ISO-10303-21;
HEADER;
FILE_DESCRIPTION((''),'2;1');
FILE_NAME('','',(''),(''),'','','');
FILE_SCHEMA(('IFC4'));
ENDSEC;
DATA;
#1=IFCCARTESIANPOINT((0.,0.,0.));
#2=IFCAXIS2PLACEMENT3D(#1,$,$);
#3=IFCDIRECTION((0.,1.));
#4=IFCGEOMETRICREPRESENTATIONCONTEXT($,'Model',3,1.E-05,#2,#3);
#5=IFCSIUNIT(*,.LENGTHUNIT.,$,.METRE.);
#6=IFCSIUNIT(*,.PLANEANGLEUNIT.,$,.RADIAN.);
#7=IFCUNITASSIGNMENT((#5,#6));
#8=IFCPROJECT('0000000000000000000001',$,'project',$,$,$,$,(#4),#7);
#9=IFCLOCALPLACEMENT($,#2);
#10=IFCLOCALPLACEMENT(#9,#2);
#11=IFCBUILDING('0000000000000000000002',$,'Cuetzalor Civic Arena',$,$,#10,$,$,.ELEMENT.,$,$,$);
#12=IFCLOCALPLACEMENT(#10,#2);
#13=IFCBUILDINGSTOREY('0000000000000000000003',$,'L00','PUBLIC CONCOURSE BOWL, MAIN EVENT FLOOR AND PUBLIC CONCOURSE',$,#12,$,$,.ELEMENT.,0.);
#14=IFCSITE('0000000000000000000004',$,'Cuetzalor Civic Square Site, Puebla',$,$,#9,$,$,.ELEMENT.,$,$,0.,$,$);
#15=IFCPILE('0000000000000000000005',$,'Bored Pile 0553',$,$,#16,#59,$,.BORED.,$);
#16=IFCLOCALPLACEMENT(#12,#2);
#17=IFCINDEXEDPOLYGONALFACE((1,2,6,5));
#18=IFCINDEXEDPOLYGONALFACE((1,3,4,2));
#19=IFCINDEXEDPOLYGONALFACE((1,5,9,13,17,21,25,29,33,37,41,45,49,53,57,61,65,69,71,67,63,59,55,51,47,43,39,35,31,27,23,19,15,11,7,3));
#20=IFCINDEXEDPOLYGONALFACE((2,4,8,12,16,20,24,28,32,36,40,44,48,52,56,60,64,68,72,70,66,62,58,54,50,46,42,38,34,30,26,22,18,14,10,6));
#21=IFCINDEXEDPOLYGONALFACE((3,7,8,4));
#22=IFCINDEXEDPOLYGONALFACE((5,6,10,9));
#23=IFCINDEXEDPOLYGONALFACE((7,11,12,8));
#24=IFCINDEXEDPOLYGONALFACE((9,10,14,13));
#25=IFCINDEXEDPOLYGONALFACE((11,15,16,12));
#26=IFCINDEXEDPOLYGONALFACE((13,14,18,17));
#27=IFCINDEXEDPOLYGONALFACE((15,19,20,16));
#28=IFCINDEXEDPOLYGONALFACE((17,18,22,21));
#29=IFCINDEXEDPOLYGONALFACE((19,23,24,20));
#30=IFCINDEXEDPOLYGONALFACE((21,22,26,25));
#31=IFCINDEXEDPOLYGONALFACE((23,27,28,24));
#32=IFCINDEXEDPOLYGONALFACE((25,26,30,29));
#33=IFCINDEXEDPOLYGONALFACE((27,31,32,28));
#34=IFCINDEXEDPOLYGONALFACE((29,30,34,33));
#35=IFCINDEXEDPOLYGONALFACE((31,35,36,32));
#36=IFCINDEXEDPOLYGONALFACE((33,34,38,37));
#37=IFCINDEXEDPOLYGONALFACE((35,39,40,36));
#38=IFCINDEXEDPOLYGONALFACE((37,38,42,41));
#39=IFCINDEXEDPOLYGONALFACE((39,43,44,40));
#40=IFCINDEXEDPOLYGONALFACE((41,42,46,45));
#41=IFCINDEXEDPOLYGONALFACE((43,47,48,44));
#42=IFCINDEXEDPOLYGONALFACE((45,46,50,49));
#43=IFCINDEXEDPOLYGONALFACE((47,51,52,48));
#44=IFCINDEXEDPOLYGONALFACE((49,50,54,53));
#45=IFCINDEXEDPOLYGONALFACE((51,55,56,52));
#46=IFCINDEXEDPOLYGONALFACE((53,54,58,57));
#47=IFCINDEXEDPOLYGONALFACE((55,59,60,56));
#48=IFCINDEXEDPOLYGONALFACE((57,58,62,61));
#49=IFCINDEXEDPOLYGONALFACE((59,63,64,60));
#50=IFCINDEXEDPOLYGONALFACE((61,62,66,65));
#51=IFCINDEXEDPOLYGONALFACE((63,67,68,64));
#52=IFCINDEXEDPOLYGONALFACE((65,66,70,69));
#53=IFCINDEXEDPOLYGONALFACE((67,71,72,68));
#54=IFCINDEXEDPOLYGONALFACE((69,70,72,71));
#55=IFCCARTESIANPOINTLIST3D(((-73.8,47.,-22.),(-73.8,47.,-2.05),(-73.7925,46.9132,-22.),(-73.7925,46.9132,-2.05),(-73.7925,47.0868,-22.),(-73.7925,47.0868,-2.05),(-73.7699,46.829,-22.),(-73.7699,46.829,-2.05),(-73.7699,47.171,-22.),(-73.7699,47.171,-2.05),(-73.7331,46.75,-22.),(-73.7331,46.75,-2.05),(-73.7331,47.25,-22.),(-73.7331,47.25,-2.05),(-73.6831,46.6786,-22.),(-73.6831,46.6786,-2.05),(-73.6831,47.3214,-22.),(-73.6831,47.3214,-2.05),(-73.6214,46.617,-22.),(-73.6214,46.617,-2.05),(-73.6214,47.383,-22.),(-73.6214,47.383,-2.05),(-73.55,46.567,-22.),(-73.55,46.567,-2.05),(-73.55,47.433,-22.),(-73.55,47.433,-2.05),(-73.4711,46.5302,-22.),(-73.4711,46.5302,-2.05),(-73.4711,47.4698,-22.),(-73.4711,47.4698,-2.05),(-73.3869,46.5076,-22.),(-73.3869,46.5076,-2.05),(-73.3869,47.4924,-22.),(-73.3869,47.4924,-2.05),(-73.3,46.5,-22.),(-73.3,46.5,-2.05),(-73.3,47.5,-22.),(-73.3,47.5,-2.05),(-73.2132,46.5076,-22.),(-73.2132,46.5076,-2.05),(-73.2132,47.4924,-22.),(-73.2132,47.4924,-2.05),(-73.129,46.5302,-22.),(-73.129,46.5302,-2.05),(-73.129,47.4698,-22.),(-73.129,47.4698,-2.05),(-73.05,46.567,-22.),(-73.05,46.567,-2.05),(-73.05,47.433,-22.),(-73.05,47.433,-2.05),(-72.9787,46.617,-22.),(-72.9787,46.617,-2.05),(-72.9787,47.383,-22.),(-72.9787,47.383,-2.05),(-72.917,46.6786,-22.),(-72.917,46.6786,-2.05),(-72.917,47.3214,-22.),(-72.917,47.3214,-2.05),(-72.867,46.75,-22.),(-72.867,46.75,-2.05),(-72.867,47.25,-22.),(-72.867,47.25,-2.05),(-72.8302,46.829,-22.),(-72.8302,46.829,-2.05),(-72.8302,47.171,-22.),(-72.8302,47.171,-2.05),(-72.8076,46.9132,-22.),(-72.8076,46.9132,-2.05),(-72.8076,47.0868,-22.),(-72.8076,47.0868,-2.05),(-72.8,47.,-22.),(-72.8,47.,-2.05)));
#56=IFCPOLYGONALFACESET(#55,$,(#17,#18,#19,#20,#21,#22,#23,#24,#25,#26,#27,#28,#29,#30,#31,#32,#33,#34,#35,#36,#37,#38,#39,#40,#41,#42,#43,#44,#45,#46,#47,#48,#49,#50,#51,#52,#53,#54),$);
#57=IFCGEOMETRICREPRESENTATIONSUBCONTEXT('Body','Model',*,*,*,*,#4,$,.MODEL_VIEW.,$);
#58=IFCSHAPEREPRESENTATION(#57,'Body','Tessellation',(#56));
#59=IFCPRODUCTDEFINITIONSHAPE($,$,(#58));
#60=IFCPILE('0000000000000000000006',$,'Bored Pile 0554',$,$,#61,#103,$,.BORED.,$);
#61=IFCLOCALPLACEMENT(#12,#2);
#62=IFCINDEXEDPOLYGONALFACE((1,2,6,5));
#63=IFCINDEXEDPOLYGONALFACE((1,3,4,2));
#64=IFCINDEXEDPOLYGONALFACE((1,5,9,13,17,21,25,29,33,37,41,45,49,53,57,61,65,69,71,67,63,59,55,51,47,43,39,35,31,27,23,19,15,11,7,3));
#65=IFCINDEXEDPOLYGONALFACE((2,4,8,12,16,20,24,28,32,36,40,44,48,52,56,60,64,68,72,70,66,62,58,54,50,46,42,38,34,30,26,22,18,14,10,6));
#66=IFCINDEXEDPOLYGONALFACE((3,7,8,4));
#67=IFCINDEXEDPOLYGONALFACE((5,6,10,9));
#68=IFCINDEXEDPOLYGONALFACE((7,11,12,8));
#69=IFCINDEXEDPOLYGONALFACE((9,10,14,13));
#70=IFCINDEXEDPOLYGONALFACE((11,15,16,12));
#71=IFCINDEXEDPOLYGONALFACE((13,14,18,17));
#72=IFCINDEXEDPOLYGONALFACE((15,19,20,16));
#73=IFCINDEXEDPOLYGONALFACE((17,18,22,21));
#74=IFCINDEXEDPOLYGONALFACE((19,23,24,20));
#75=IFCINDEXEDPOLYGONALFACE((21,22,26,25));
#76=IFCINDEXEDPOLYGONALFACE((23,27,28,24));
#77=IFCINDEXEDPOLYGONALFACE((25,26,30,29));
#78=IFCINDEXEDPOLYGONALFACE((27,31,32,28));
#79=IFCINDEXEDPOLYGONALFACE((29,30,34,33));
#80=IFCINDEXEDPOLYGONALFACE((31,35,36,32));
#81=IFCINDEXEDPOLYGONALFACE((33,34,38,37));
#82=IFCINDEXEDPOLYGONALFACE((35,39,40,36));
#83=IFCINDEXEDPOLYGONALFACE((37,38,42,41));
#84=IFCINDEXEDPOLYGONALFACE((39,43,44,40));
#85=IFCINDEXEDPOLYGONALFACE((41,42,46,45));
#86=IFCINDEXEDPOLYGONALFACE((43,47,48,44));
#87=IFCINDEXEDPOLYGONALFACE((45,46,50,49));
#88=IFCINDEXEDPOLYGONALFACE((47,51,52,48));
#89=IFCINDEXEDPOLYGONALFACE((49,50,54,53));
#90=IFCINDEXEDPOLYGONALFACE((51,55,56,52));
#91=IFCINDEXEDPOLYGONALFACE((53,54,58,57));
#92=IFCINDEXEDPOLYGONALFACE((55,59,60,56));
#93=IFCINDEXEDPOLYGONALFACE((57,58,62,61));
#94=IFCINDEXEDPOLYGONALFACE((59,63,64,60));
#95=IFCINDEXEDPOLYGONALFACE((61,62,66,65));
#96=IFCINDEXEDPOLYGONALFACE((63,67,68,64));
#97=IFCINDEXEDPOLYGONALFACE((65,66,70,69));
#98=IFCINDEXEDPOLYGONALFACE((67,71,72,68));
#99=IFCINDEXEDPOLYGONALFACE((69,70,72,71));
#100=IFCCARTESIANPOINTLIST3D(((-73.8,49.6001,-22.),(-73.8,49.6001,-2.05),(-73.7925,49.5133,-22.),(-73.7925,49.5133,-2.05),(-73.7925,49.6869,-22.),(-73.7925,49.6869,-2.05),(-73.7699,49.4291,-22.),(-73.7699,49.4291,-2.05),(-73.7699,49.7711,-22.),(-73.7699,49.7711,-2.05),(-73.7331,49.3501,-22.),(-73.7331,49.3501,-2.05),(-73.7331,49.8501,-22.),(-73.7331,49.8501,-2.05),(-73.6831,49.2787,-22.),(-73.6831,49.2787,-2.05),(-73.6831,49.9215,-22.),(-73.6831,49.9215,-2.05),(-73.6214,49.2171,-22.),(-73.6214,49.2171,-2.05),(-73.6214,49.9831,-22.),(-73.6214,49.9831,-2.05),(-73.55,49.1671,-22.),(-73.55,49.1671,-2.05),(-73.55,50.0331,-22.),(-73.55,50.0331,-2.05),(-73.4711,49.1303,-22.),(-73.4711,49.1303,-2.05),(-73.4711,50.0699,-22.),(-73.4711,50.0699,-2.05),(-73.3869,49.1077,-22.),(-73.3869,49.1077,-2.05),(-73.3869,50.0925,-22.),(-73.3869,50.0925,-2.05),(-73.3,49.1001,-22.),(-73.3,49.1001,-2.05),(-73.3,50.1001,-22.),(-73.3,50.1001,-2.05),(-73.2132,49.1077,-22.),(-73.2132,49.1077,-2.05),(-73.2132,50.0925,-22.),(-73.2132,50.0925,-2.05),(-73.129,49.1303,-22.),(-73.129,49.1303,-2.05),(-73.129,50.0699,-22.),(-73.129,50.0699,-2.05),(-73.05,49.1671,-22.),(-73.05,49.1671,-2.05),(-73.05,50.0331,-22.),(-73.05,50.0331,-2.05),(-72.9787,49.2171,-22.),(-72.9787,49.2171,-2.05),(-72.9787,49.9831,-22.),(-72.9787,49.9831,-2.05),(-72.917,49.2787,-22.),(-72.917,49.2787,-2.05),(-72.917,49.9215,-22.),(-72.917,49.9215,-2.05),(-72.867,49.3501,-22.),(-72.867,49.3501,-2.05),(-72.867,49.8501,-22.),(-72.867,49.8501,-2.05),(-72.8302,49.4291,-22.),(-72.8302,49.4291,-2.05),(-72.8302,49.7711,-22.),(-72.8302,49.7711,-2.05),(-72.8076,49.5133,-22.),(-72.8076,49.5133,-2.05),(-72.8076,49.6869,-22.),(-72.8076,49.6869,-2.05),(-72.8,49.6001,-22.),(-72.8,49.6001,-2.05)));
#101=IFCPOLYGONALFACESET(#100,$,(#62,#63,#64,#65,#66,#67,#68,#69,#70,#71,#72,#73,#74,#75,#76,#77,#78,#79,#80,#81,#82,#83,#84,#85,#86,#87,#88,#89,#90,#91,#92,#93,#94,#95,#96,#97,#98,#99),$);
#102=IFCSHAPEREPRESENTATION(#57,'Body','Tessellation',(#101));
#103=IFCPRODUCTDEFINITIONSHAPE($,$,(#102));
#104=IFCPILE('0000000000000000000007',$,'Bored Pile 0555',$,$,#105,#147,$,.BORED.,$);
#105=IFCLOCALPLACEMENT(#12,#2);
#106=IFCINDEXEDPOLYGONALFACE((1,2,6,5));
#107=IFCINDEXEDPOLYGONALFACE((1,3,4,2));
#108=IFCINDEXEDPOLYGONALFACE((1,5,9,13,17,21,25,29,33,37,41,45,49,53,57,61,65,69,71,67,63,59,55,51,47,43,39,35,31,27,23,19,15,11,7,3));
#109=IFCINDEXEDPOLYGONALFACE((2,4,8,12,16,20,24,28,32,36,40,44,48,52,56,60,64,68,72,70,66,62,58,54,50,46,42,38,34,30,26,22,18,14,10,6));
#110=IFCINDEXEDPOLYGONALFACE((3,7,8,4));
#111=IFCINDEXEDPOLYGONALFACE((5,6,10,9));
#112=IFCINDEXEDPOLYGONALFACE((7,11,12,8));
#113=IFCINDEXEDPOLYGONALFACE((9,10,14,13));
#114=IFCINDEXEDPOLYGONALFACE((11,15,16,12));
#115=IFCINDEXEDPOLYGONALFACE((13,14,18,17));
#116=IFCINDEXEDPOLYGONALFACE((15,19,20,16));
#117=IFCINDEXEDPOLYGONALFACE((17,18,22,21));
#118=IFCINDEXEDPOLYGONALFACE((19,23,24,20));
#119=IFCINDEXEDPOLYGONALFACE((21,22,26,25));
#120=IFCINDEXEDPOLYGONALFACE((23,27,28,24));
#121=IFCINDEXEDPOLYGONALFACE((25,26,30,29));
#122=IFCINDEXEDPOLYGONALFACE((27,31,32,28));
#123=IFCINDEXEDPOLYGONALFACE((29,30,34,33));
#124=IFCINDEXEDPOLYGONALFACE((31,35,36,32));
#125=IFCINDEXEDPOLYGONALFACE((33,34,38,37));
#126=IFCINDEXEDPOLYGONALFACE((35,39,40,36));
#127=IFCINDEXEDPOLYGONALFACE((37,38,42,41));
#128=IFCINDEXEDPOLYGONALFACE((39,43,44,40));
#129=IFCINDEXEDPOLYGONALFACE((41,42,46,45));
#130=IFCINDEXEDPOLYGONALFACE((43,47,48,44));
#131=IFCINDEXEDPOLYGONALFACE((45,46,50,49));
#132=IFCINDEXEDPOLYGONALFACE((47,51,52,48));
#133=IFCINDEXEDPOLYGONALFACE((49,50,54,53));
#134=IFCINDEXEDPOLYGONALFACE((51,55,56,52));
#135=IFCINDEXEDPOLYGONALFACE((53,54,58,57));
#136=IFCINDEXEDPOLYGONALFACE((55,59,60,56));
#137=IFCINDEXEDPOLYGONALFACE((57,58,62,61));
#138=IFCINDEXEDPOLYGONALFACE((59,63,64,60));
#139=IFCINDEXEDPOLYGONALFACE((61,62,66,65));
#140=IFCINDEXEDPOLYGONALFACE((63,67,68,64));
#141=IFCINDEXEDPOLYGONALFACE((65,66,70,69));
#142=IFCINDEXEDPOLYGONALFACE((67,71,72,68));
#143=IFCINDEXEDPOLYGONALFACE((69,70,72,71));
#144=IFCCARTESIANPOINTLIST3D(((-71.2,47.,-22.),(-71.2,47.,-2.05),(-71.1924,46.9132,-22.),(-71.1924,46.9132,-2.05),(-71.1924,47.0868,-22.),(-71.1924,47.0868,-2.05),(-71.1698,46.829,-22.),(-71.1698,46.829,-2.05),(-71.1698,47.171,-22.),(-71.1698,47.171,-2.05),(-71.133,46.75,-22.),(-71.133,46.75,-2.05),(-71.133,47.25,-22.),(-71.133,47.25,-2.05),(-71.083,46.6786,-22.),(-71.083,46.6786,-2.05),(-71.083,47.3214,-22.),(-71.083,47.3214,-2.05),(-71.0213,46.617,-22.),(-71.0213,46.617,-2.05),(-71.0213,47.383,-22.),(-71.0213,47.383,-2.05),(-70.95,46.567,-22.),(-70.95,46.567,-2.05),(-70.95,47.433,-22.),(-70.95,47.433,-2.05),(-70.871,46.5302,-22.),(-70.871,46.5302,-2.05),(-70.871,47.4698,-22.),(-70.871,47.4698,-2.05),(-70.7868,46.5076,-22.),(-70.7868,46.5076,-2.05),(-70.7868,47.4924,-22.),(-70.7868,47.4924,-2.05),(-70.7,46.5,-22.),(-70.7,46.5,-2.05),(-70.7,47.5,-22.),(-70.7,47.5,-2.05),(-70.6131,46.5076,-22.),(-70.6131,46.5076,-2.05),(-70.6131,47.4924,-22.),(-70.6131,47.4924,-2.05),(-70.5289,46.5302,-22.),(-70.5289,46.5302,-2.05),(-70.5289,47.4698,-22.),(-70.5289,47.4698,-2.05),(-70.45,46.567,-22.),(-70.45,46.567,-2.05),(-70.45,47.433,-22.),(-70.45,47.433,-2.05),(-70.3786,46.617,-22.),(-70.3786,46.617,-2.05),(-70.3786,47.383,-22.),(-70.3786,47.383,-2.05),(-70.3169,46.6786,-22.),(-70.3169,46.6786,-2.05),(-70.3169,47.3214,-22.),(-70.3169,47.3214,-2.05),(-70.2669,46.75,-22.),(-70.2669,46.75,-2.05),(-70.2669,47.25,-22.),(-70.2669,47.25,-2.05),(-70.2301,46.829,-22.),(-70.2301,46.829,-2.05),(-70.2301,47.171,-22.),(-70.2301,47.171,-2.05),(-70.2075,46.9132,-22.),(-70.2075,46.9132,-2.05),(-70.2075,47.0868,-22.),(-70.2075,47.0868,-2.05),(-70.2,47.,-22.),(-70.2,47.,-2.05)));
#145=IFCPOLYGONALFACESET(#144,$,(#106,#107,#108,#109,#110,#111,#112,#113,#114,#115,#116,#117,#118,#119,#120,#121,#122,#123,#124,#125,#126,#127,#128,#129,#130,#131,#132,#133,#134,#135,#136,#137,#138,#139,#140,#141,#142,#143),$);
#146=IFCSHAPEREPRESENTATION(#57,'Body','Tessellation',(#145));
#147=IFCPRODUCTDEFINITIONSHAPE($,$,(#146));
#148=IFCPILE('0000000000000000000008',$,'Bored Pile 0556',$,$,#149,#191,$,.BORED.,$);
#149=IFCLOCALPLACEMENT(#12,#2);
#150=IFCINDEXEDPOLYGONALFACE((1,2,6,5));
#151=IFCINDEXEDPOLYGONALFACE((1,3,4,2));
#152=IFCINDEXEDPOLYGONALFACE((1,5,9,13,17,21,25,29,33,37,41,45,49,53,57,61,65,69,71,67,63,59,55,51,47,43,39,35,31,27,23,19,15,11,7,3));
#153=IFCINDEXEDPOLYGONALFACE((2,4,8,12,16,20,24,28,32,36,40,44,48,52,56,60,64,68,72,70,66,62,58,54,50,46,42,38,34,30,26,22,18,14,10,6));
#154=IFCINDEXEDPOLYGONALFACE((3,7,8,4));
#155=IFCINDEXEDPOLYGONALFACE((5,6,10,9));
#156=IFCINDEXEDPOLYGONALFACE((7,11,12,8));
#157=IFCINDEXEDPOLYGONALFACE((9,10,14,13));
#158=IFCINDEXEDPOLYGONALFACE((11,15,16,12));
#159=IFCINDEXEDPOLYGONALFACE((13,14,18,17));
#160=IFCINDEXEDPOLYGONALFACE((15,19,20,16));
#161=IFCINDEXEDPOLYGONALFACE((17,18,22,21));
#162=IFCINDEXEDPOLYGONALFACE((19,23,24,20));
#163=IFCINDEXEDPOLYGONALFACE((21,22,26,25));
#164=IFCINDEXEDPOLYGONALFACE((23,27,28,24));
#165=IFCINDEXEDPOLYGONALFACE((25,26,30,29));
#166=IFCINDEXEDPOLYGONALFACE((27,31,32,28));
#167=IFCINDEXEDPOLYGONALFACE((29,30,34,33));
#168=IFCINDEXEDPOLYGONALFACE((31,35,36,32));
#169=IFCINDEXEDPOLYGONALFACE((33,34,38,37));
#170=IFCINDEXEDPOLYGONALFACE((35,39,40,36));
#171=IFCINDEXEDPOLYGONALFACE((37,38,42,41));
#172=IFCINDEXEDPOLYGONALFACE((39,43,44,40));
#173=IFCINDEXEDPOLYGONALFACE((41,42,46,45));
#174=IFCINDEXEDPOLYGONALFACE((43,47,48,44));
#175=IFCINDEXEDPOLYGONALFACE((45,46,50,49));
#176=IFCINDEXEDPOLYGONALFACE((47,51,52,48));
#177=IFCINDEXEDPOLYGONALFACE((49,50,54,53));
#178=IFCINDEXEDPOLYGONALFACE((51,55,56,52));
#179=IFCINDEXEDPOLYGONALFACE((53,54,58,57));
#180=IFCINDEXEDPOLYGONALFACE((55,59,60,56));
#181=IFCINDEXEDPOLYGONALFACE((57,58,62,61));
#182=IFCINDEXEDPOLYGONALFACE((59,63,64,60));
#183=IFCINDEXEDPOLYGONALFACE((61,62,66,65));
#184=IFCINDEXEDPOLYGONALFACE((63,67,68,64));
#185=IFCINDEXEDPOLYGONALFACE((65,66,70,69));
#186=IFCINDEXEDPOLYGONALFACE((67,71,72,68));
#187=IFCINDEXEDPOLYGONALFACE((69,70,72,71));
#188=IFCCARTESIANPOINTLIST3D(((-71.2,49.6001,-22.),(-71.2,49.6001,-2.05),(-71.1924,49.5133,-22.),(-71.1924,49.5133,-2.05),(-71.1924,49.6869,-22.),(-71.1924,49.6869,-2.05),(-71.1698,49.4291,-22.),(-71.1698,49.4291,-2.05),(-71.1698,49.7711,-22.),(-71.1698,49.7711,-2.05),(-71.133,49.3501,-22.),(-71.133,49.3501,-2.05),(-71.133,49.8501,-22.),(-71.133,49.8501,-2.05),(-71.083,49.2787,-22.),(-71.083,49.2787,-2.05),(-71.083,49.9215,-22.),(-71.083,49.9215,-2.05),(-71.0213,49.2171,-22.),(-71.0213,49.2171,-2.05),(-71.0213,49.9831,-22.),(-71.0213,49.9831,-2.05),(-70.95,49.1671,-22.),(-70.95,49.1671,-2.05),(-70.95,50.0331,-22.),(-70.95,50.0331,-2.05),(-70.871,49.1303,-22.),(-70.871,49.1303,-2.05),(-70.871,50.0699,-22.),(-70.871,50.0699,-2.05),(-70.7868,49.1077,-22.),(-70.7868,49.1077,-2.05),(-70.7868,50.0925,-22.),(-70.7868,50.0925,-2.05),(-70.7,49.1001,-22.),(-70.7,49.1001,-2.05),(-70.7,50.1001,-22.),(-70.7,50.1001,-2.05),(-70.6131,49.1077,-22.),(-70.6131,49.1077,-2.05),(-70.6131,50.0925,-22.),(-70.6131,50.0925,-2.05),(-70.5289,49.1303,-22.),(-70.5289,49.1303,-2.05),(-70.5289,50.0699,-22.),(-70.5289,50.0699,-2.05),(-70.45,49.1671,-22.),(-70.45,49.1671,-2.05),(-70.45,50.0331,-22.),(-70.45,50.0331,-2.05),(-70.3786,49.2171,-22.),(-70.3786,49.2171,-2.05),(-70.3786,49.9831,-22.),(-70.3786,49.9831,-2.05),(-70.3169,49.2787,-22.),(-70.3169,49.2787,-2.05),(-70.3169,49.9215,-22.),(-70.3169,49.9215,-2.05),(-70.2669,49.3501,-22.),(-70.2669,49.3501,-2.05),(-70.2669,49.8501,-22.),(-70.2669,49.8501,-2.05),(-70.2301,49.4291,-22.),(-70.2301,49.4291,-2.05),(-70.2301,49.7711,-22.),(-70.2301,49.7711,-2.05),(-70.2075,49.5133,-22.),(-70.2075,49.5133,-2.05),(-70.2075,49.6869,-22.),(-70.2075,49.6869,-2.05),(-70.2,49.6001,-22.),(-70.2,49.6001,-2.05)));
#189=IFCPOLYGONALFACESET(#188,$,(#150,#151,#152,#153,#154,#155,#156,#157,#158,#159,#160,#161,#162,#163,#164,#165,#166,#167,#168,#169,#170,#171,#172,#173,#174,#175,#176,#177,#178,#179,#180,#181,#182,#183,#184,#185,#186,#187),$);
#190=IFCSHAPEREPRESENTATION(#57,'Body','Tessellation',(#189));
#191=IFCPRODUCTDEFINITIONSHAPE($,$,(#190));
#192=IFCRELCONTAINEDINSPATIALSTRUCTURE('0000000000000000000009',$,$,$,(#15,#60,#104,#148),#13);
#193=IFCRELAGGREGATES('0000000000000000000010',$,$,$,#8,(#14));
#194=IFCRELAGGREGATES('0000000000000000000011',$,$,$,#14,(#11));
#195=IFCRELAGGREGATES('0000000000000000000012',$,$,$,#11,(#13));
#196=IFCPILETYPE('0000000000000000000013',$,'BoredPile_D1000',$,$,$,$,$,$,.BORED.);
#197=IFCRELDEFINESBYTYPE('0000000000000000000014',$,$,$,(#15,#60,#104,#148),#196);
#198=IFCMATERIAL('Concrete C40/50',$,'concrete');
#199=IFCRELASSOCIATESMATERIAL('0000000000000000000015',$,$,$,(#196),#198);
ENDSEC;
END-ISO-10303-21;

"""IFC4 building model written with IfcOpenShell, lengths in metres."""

from ifc_helpers import new_model, si_unit, direction, frame, origin, origin_2d, place, context, subcontext, project, spatial, circle, extrude, material, material_profile, profile_set, type_object, element, save


model = new_model("IFC4")

# Units and contexts
model_context = context("Model", 3, precision=1e-05, world=origin(), true_north=direction((0.0, 1.0)))
body_context = subcontext(model_context, "Body", "Model", "MODEL_VIEW")
ifc_project = project(units=[si_unit("LENGTHUNIT", "METRE"), si_unit("PLANEANGLEUNIT", "RADIAN")], contexts=[model_context])

# Site, building, storey
site_placement = place(None, origin())
site = spatial("IfcSite", under=ifc_project, at=site_placement, Name="Cuetzalor Civic Square Site, Puebla", CompositionType="ELEMENT", RefElevation=0.0)
building_placement = place(site_placement, origin())
building = spatial("IfcBuilding", under=site, at=building_placement, Name="Cuetzalor Civic Arena", CompositionType="ELEMENT")
storey_placement = place(building_placement, origin())
storey = spatial("IfcBuildingStorey", under=building, at=storey_placement, Name="L00", Description="PUBLIC CONCOURSE BOWL, MAIN EVENT FLOOR AND PUBLIC CONCOURSE", CompositionType="ELEMENT", Elevation=0.0)

# Piles
ifc_material_1 = material(Name="Concrete C40/50", Category="concrete")
ifc_material_profile_1 = material_profile(ifc_material_1, circle(Radius=0.5, at=origin_2d()), Name="BORED PILE D1000")
ifc_profile_set_1 = profile_set([ifc_material_profile_1], Name="Concrete C40/50")
pile_type = type_object("IfcPileType", Name="BoredPile_D1000", PredefinedType="BORED", material=ifc_profile_set_1)
for number, where, z_axis, x_axis, name in (
    (1, (-73.3, 47.0, -2.05), (0.0, 0.0, -1.0), (1.0, 0.0, 0.0), "Bored Pile 0553"),
    (2, (-73.3, 49.6001, -2.05), (0.0, 0.0, -1.0), (1.0, 0.0, 0.0), "Bored Pile 0554"),
    (3, (-70.7, 47.0, -2.05), (0.0, 0.0, -1.0), (1.0, 0.0, 0.0), "Bored Pile 0555"),
    (4, (-70.7, 49.6001, -2.05), (0.0, 0.0, -1.0), (1.0, 0.0, 0.0), "Bored Pile 0556"),
):
    element("IfcPile", number, at=place(storey_placement, frame(where, z_axis=z_axis, x_axis=x_axis)), inside=storey, type_object=pile_type, Name=name, PredefinedType="BORED", context=body_context, shape_type="SweptSolid", body=[
        extrude(circle(Radius=0.5, at=origin_2d()), origin(), (0.0, 0.0, 1.0), 19.95),
    ])

save(model, "model.ifc")
